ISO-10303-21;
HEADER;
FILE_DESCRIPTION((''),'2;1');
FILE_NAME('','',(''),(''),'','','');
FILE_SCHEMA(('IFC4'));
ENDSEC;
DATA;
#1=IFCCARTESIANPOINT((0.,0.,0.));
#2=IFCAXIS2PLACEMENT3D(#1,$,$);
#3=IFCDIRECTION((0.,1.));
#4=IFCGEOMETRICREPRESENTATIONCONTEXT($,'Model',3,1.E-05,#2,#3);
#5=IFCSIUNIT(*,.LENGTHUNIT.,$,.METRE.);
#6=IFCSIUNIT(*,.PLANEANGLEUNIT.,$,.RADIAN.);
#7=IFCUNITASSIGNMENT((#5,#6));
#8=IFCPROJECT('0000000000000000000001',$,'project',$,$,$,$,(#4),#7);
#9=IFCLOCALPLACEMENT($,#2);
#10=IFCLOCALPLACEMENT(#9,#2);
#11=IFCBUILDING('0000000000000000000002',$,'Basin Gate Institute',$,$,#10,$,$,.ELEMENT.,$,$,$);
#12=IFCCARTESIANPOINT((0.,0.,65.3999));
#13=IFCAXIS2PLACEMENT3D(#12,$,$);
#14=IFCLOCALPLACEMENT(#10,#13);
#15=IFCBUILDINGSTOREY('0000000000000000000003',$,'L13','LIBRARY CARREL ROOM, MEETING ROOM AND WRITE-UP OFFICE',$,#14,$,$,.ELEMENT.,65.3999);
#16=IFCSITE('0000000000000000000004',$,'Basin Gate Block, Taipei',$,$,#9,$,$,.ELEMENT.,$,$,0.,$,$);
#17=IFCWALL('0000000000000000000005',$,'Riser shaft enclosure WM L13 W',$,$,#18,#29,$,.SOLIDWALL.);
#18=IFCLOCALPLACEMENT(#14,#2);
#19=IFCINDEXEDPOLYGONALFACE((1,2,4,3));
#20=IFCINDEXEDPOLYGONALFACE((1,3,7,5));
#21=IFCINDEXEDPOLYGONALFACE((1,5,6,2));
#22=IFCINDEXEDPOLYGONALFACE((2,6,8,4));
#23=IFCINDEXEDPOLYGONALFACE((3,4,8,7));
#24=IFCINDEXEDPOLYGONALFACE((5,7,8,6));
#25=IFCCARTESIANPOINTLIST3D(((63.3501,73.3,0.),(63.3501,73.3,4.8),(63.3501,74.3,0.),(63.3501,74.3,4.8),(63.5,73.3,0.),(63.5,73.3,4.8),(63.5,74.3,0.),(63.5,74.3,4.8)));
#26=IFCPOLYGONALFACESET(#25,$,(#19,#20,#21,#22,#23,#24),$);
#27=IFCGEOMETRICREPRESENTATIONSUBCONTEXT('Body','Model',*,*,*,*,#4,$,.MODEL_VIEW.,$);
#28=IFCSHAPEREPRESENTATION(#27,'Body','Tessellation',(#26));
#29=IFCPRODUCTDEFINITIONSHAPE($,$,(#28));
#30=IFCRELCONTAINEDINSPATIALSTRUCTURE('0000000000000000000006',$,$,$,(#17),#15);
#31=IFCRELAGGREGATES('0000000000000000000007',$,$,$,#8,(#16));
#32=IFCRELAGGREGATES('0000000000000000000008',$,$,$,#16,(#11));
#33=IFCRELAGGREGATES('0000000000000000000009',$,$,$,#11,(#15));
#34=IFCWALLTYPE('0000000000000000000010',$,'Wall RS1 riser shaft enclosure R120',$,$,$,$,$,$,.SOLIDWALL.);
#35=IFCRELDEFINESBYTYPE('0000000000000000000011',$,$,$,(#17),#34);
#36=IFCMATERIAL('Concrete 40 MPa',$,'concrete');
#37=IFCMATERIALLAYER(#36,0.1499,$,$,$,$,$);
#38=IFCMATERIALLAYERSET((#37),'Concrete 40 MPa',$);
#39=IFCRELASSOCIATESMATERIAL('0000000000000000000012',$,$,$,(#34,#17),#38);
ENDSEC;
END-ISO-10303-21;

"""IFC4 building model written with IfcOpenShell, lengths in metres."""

from ifc_helpers import new_model, si_unit, direction, frame, frame_2d, origin, place, context, subcontext, project, spatial, rectangle, extrude, material, layer, layer_set, type_object, element, save


model = new_model("IFC4")

# Units and contexts
model_context = context("Model", 3, precision=1e-05, world=origin(), true_north=direction((0.0, 1.0)))
body_context = subcontext(model_context, "Body", "Model", "MODEL_VIEW")
ifc_project = project(units=[si_unit("LENGTHUNIT", "METRE"), si_unit("PLANEANGLEUNIT", "RADIAN")], contexts=[model_context])

# Site, building, storey
site_placement = place(None, origin())
site = spatial("IfcSite", under=ifc_project, at=site_placement, Name="Basin Gate Block, Taipei", CompositionType="ELEMENT", RefElevation=0.0)
building_placement = place(site_placement, origin())
building = spatial("IfcBuilding", under=site, at=building_placement, Name="Basin Gate Institute", CompositionType="ELEMENT")
storey_placement = place(building_placement, frame((0.0, 0.0, 65.3999)))
storey = spatial("IfcBuildingStorey", under=building, at=storey_placement, Name="L13", Description="LIBRARY CARREL ROOM, MEETING ROOM AND WRITE-UP OFFICE", CompositionType="ELEMENT", Elevation=65.3999)

# Wall
ifc_material_1 = material(Name="Concrete 40 MPa", Category="concrete")
ifc_layer_1 = layer(ifc_material_1, 0.1499)
ifc_layer_set_1 = layer_set([ifc_layer_1], Name="Concrete 40 MPa")
wall_type_1 = type_object("IfcWallType", Name="Wall RS1 riser shaft enclosure R120", PredefinedType="SOLIDWALL", material=ifc_layer_set_1)
wall_1_placement = place(storey_placement, frame((63.425, 73.3, 0.0), z_axis=(0.0, 0.0, 1.0), x_axis=(0.0, 1.0, 0.0)))
element("IfcWall", 1, at=wall_1_placement, inside=storey, type_object=wall_type_1, material=ifc_layer_set_1, Name="Riser shaft enclosure WM L13 W", PredefinedType="SOLIDWALL", context=body_context, shape_type="SweptSolid", body=[
    extrude(rectangle(XDim=1.0, YDim=0.1499, at=frame_2d((0.5, 0.0))), origin(), (0.0, 0.0, 1.0), 4.8),
])

save(model, "model.ifc")
